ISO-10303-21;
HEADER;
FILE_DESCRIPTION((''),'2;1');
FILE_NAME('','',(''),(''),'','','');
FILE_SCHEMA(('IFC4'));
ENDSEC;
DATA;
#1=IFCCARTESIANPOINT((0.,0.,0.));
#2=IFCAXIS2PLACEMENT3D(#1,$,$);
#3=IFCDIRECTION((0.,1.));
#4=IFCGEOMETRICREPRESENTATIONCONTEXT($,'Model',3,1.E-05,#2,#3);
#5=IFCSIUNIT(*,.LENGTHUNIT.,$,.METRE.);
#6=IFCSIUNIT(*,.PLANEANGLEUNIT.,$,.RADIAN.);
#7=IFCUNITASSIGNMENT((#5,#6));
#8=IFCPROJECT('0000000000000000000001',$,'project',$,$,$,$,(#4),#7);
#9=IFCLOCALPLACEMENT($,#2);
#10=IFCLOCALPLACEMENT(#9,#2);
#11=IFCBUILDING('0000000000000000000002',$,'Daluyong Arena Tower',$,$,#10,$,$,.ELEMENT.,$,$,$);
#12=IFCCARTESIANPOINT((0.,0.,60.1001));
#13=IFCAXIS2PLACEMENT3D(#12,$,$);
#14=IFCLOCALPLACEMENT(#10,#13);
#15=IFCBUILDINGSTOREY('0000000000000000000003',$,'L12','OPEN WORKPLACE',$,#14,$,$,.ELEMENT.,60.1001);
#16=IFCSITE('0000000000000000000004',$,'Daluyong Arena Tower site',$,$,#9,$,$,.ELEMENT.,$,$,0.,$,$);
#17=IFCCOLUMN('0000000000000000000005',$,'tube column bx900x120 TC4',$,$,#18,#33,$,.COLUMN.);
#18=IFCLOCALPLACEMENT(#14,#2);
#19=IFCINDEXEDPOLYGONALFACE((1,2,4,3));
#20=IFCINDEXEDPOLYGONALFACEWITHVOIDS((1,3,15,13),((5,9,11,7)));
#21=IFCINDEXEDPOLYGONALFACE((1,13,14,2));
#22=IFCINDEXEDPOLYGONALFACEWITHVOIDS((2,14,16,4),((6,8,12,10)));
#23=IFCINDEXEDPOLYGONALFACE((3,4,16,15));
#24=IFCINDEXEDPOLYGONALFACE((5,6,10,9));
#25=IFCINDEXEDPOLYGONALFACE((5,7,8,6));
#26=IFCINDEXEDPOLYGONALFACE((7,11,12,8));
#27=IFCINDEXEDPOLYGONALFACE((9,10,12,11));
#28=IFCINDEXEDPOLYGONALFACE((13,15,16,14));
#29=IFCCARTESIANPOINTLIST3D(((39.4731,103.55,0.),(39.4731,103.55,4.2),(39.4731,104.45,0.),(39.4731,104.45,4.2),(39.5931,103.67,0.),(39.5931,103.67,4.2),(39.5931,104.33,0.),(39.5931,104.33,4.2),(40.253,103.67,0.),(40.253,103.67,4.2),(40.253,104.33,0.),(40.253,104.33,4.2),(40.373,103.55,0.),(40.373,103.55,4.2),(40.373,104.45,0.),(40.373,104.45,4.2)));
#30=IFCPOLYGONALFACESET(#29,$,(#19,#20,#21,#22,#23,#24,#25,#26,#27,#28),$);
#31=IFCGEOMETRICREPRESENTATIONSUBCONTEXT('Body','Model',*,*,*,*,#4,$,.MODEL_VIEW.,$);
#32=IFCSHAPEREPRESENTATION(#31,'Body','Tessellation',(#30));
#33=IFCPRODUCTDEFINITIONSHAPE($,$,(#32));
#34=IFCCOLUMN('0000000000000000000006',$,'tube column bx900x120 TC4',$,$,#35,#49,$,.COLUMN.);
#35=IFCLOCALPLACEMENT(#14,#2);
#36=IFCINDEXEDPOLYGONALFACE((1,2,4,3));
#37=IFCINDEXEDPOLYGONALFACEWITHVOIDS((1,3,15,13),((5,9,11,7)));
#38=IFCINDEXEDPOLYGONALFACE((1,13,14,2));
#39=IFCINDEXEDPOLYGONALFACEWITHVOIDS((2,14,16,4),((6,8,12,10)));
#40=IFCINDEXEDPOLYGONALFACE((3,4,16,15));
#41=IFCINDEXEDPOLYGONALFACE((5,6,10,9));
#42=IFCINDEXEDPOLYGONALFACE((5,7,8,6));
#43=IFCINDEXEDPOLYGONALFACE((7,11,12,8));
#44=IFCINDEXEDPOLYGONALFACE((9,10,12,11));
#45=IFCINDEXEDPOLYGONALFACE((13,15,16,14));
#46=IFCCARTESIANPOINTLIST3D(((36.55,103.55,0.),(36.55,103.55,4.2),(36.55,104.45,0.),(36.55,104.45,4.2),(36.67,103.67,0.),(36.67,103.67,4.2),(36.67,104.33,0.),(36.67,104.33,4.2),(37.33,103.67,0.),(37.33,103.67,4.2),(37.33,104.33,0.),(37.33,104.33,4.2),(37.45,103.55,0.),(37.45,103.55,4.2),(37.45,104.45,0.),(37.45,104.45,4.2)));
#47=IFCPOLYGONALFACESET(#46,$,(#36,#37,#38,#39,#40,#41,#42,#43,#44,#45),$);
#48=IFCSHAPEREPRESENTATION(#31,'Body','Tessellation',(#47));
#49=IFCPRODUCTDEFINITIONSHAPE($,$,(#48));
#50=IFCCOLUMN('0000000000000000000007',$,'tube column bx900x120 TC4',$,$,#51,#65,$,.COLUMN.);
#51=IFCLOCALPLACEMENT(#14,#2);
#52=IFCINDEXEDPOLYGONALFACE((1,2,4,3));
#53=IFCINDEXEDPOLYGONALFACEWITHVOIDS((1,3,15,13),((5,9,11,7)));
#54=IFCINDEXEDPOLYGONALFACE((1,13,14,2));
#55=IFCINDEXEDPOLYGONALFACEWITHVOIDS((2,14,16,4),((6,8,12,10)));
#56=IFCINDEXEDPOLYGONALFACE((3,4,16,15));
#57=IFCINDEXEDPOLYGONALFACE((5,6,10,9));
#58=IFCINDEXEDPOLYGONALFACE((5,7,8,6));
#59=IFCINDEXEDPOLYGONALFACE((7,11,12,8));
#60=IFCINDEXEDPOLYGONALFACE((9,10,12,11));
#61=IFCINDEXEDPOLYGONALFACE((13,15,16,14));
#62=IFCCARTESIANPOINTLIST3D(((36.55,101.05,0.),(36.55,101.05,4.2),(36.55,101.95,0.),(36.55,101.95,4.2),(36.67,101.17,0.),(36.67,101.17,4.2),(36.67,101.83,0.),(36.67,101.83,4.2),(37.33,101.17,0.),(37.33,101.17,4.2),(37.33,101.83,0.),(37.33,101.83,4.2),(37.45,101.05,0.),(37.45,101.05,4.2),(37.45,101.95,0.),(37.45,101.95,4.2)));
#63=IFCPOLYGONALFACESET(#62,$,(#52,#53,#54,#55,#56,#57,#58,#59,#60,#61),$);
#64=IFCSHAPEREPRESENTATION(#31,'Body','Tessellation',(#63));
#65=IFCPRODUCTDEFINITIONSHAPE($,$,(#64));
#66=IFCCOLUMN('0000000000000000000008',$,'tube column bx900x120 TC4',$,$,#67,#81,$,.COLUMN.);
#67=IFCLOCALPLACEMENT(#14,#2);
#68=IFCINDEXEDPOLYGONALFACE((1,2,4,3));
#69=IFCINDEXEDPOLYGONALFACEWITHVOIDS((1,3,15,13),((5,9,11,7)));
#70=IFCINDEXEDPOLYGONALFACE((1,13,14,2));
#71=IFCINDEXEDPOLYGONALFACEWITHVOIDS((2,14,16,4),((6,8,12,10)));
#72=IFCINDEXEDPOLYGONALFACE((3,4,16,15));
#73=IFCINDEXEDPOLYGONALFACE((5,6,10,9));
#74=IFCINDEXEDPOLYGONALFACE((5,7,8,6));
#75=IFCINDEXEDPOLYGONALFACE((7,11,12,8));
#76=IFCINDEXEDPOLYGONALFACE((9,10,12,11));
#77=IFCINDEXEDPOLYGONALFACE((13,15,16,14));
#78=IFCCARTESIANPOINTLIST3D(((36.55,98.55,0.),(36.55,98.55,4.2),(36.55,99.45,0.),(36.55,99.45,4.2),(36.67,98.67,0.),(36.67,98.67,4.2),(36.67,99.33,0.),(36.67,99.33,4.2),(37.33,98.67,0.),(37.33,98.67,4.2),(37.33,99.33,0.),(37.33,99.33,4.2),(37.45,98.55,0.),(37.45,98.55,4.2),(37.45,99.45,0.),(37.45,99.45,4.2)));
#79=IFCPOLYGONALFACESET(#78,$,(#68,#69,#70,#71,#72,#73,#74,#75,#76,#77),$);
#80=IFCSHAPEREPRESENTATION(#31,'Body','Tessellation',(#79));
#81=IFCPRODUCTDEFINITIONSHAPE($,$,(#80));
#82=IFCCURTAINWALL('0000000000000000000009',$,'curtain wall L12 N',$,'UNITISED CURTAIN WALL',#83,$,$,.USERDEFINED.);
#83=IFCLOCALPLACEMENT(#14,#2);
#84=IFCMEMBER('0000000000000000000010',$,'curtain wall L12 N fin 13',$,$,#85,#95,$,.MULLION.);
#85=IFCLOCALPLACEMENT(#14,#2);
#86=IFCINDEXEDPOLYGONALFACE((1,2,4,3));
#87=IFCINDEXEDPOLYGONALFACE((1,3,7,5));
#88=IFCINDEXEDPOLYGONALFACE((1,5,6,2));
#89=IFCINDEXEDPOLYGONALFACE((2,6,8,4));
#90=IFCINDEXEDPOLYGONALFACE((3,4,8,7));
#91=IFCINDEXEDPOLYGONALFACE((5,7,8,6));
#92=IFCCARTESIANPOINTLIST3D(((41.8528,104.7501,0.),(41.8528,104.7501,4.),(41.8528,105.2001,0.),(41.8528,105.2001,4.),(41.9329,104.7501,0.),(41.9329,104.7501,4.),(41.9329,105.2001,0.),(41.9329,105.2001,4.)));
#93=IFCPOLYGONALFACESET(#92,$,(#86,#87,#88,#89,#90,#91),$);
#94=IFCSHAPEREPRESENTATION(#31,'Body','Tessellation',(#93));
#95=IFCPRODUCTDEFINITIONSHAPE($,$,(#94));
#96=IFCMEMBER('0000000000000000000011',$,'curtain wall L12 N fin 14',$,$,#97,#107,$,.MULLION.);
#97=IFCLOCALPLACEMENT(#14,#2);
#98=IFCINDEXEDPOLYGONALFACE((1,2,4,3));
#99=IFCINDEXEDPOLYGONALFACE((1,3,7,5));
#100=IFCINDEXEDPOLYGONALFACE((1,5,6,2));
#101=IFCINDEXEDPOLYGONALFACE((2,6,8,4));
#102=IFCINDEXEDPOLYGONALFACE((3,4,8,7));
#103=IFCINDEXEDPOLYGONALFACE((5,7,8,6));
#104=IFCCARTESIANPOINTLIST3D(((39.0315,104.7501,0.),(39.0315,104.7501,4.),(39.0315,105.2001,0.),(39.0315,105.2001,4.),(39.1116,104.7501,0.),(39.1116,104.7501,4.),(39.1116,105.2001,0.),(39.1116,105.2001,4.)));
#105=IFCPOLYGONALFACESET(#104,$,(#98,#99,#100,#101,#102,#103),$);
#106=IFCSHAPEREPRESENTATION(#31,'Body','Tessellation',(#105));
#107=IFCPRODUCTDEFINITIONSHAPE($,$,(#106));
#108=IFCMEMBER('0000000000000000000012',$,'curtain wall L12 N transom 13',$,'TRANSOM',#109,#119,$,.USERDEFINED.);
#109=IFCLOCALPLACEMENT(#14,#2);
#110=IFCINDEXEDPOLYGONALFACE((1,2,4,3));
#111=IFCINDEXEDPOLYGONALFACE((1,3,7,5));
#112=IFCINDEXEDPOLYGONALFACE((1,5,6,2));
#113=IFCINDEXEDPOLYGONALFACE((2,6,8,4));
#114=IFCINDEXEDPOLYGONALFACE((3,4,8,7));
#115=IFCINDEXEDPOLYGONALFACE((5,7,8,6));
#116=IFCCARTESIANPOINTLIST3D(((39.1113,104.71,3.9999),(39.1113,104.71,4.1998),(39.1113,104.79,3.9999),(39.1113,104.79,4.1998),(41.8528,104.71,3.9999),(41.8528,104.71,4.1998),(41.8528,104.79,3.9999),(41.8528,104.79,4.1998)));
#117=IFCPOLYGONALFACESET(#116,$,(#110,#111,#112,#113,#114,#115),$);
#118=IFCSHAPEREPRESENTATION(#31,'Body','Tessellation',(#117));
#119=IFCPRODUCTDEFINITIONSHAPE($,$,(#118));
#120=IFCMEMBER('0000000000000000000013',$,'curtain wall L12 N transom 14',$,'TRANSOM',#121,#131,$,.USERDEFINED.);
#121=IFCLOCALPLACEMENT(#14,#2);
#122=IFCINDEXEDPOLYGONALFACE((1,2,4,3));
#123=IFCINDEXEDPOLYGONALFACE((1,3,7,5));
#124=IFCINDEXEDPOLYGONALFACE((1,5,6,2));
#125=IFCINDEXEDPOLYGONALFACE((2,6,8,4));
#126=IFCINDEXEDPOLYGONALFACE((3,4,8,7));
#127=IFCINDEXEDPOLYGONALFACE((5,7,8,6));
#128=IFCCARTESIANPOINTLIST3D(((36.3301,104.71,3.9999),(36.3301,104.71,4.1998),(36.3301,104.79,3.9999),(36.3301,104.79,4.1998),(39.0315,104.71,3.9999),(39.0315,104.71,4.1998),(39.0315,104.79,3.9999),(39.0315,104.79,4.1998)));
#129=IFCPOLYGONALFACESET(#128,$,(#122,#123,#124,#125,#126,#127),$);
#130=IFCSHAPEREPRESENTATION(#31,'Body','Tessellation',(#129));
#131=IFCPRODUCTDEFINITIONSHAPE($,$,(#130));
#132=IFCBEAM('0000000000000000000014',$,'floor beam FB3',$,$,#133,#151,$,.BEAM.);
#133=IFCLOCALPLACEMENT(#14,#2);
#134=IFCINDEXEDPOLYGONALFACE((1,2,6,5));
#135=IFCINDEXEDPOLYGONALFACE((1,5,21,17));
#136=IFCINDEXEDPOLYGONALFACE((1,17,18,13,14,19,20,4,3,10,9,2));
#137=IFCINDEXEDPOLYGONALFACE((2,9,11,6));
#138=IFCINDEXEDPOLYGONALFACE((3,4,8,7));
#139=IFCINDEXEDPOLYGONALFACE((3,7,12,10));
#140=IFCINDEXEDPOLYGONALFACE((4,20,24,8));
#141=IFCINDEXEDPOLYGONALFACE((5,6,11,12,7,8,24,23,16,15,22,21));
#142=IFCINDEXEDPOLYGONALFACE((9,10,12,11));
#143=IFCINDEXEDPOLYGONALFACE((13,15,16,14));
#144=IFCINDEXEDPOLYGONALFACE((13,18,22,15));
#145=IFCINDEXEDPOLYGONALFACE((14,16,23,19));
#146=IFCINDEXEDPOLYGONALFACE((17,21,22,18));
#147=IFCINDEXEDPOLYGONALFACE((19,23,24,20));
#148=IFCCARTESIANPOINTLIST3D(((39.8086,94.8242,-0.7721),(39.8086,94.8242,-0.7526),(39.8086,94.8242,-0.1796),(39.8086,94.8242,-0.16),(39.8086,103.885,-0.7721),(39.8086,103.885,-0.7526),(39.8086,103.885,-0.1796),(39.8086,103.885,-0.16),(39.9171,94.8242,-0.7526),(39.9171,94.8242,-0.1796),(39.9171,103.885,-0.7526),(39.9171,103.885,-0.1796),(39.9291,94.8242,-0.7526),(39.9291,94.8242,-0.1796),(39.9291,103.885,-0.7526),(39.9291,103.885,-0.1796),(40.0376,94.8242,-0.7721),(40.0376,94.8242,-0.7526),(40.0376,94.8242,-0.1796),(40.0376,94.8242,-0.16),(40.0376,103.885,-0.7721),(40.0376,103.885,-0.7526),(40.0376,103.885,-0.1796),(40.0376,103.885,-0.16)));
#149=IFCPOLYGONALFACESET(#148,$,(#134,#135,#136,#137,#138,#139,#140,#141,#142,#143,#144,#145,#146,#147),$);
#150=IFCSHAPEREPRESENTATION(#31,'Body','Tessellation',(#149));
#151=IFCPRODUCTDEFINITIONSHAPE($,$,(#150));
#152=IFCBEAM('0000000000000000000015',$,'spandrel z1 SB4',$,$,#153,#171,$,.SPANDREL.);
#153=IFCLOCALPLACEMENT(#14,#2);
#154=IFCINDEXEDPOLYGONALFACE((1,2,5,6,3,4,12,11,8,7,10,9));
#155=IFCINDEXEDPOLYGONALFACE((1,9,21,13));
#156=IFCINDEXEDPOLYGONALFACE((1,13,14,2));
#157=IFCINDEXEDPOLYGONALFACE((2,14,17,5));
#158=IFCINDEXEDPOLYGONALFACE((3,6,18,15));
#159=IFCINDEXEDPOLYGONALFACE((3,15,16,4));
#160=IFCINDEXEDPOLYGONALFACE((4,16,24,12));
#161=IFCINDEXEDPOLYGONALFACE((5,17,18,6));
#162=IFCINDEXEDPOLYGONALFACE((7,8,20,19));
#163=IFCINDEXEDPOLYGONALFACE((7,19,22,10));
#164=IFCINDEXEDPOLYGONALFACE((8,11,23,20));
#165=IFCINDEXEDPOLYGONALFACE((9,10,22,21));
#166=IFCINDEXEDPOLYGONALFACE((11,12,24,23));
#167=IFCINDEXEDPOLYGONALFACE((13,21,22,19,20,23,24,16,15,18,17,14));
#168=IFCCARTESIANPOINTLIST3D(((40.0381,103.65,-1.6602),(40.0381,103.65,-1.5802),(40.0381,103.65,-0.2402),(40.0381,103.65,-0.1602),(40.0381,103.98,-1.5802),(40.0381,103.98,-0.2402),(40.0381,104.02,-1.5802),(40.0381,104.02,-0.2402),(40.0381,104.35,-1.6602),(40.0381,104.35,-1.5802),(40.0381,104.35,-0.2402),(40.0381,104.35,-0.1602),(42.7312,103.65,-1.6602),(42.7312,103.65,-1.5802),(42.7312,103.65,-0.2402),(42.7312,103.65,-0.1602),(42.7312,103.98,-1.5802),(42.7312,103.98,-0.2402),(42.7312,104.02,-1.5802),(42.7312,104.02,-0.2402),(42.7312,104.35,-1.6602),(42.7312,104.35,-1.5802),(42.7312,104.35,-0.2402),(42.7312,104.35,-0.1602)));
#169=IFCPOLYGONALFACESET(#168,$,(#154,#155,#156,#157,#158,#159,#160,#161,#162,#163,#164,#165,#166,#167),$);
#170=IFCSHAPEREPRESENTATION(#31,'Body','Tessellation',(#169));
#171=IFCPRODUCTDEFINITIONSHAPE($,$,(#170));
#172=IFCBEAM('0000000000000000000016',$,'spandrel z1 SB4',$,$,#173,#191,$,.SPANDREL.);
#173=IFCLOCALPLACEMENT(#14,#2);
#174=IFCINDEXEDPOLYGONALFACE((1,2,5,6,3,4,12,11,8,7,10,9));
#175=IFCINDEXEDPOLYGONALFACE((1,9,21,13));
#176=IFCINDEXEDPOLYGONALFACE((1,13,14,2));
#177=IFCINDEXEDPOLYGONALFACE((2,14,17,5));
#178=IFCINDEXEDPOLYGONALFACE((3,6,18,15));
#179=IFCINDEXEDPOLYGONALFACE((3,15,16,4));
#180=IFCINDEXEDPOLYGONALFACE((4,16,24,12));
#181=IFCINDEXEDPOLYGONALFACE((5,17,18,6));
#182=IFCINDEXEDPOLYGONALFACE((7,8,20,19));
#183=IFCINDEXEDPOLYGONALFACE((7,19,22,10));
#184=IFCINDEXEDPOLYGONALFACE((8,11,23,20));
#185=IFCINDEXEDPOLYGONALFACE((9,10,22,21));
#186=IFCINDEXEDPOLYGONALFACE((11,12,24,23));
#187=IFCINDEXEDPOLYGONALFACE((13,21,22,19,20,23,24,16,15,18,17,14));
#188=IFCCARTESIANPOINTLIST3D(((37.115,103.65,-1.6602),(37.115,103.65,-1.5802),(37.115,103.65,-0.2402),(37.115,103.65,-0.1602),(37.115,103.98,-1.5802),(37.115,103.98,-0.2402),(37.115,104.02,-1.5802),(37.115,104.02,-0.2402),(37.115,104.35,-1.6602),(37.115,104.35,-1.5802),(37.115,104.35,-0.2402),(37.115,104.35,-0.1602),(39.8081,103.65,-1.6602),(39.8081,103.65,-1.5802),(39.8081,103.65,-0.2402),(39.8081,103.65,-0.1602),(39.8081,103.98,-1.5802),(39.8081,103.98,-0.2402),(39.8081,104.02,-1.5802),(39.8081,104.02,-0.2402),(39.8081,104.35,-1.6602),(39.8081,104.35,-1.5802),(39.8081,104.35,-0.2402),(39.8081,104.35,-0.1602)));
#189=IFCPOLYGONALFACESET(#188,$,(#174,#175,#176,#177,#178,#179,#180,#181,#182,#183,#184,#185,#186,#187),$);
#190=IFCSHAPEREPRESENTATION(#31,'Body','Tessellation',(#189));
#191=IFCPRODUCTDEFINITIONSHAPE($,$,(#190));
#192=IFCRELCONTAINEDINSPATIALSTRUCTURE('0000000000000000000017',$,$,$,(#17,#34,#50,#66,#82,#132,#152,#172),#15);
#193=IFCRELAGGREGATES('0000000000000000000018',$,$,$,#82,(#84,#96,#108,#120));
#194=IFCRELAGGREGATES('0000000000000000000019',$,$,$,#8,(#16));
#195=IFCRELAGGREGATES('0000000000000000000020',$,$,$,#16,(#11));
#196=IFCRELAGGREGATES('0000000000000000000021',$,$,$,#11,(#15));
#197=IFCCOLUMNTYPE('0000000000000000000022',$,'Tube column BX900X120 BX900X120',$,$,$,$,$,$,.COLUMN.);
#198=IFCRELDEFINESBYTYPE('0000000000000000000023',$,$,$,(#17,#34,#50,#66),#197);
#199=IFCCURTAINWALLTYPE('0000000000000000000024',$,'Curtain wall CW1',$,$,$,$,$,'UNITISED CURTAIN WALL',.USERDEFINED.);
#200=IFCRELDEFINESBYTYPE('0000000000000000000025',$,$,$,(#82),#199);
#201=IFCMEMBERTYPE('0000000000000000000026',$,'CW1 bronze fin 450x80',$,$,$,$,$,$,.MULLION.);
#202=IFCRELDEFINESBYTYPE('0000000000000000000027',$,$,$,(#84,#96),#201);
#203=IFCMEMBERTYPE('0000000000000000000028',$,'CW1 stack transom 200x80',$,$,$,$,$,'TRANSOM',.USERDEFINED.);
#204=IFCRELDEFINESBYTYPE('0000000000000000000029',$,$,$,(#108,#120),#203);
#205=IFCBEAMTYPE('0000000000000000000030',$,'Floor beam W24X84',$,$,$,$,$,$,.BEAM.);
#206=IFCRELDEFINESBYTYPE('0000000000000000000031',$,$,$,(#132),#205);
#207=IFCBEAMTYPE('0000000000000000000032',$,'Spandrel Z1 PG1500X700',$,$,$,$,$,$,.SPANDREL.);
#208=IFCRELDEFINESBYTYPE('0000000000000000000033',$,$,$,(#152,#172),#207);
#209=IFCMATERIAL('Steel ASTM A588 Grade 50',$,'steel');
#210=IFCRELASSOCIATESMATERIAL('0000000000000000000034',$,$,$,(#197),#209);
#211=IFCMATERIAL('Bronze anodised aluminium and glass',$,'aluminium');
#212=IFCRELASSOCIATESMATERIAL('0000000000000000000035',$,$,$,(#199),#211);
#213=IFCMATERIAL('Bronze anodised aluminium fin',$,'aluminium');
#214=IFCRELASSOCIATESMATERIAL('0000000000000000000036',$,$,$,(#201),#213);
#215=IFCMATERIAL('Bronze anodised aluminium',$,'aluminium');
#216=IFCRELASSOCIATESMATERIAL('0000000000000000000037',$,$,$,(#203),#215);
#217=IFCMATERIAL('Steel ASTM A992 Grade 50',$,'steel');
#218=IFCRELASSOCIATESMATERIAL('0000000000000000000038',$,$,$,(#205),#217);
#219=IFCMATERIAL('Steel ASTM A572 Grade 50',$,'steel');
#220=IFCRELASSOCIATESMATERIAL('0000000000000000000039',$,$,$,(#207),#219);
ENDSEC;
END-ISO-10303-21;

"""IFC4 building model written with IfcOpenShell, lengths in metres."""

from ifc_helpers import new_model, si_unit, direction, frame, origin, origin_2d, place, context, subcontext, project, spatial, rectangle, hollow_rectangle, i_section, extrude, material, material_profile, profile_set, type_object, element, aggregate, save


model = new_model("IFC4")

# Units and contexts
model_context = context("Model", 3, precision=1e-05, world=origin(), true_north=direction((0.0, 1.0)))
body_context = subcontext(model_context, "Body", "Model", "MODEL_VIEW")
ifc_project = project(units=[si_unit("LENGTHUNIT", "METRE"), si_unit("PLANEANGLEUNIT", "RADIAN")], contexts=[model_context])

# Site, building, storey
site_placement = place(None, origin())
site = spatial("IfcSite", under=ifc_project, at=site_placement, Name="Daluyong Arena Tower site", CompositionType="ELEMENT", RefElevation=0.0)
building_placement = place(site_placement, origin())
building = spatial("IfcBuilding", under=site, at=building_placement, Name="Daluyong Arena Tower", CompositionType="ELEMENT")
storey_placement = place(building_placement, frame((0.0, 0.0, 60.1001)))
storey = spatial("IfcBuildingStorey", under=building, at=storey_placement, Name="L12", Description="OPEN WORKPLACE", CompositionType="ELEMENT", Elevation=60.1001)

# Columns
ifc_material_1 = material(Name="Steel ASTM A588 Grade 50", Category="steel")
ifc_material_profile_1 = material_profile(ifc_material_1, hollow_rectangle(XDim=0.8999, YDim=0.8999, WallThickness=0.12, at=origin_2d()))
ifc_profile_set_1 = profile_set([ifc_material_profile_1], Name="Steel ASTM A588 Grade 50")
column_type = type_object("IfcColumnType", Name="Tube column BX900X120 BX900X120", PredefinedType="COLUMN", material=ifc_profile_set_1)
for number, where, z_axis, x_axis, name in (
    (1, (39.9231, 104.0, 0.0), (0.0, 0.0, 1.0), (1.0, 0.0, 0.0), "tube column bx900x120 TC4"),
    (2, (37.0, 104.0, 0.0), (0.0, 0.0, 1.0), (0.0, 1.0, 0.0), "tube column bx900x120 TC4"),
    (3, (37.0, 101.5, 0.0), (0.0, 0.0, 1.0), (0.0, 1.0, 0.0), "tube column bx900x120 TC4"),
    (4, (37.0, 99.0, 0.0), (0.0, 0.0, 1.0), (1.0, 0.0, 0.0), "tube column bx900x120 TC4"),
):
    element("IfcColumn", number, at=place(storey_placement, frame(where, z_axis=z_axis, x_axis=x_axis)), inside=storey, type_object=column_type, Name=name, PredefinedType="COLUMN", context=body_context, shape_type="SweptSolid", body=[
        extrude(hollow_rectangle(XDim=0.8999, YDim=0.8999, WallThickness=0.12, at=origin_2d()), origin(), (0.0, 0.0, 1.0), 4.2),
    ])

# Curtain wall, members
ifc_material_2 = material(Name="Bronze anodised aluminium and glass", Category="aluminium")
curtain_wall_type = type_object("IfcCurtainWallType", Name="Curtain wall CW1", ElementType="UNITISED CURTAIN WALL", PredefinedType="USERDEFINED", material=ifc_material_2)
curtain_wall_placement = place(storey_placement, origin())
curtain_wall = element("IfcCurtainWall", 5, at=curtain_wall_placement, inside=storey, type_object=curtain_wall_type, Name="curtain wall L12 N", ObjectType="UNITISED CURTAIN WALL", PredefinedType="USERDEFINED")
ifc_material_3 = material(Name="Bronze anodised aluminium fin", Category="aluminium")
ifc_material_profile_2 = material_profile(ifc_material_3, rectangle(XDim=0.45, YDim=0.0801, at=origin_2d()))
ifc_profile_set_2 = profile_set([ifc_material_profile_2], Name="Bronze anodised aluminium fin")
member_type_1 = type_object("IfcMemberType", Name="CW1 bronze fin 450x80", PredefinedType="MULLION", material=ifc_profile_set_2)
member_1_placement = place(storey_placement, frame((41.8928, 104.9751, 0.0), z_axis=(0.0, 0.0, 1.0), x_axis=(0.0, -1.0, 0.0)))
member_1 = element("IfcMember", 6, at=member_1_placement, type_object=member_type_1, Name="curtain wall L12 N fin 13", PredefinedType="MULLION", context=body_context, shape_type="SweptSolid", body=[
    extrude(rectangle(XDim=0.45, YDim=0.0801, at=origin_2d()), origin(), (0.0, 0.0, 1.0), 4.0),
])
member_2_placement = place(storey_placement, frame((39.0715, 104.9751, 0.0), z_axis=(0.0, 0.0, 1.0), x_axis=(0.0, -1.0, 0.0)))
member_2 = element("IfcMember", 7, at=member_2_placement, type_object=member_type_1, Name="curtain wall L12 N fin 14", PredefinedType="MULLION", context=body_context, shape_type="SweptSolid", body=[
    extrude(rectangle(XDim=0.45, YDim=0.0801, at=origin_2d()), origin(), (0.0, 0.0, 1.0), 4.0),
])
ifc_material_4 = material(Name="Bronze anodised aluminium", Category="aluminium")
ifc_material_profile_3 = material_profile(ifc_material_4, rectangle(XDim=0.0801, YDim=0.2, at=origin_2d()))
ifc_profile_set_3 = profile_set([ifc_material_profile_3], Name="Bronze anodised aluminium")
member_type_2 = type_object("IfcMemberType", Name="CW1 stack transom 200x80", ElementType="TRANSOM", PredefinedType="USERDEFINED", material=ifc_profile_set_3)
member_3_placement = place(storey_placement, frame((41.8528, 104.75, 4.0999), z_axis=(-1.0, 0.0, 0.0), x_axis=(0.0, -1.0, 0.0)))
member_3 = element("IfcMember", 8, at=member_3_placement, type_object=member_type_2, Name="curtain wall L12 N transom 13", ObjectType="TRANSOM", PredefinedType="USERDEFINED", context=body_context, shape_type="SweptSolid", body=[
    extrude(rectangle(XDim=0.0801, YDim=0.2, at=origin_2d()), origin(), (0.0, 0.0, 1.0), 2.7415),
])
member_4_placement = place(storey_placement, frame((39.0315, 104.75, 4.0999), z_axis=(-1.0, 0.0, 0.0), x_axis=(0.0, -1.0, 0.0)))
member_4 = element("IfcMember", 9, at=member_4_placement, type_object=member_type_2, Name="curtain wall L12 N transom 14", ObjectType="TRANSOM", PredefinedType="USERDEFINED", context=body_context, shape_type="SweptSolid", body=[
    extrude(rectangle(XDim=0.0801, YDim=0.2, at=origin_2d()), origin(), (0.0, 0.0, 1.0), 2.7014),
])

# Beams
ifc_material_5 = material(Name="Steel ASTM A992 Grade 50", Category="steel")
ifc_material_profile_4 = material_profile(ifc_material_5, i_section(OverallWidth=0.229, OverallDepth=0.6121, WebThickness=0.012, FlangeThickness=0.0195, at=origin_2d()))
ifc_profile_set_4 = profile_set([ifc_material_profile_4], Name="Steel ASTM A992 Grade 50")
beam_type_1 = type_object("IfcBeamType", Name="Floor beam W24X84", PredefinedType="BEAM", material=ifc_profile_set_4)
beam_placement = place(storey_placement, frame((39.9231, 103.885, -0.4661), z_axis=(0.0, -1.0, 0.0), x_axis=(1.0, 0.0, 0.0)))
element("IfcBeam", 10, at=beam_placement, inside=storey, type_object=beam_type_1, Name="floor beam FB3", PredefinedType="BEAM", context=body_context, shape_type="SweptSolid", body=[
    extrude(i_section(OverallWidth=0.229, OverallDepth=0.6121, WebThickness=0.012, FlangeThickness=0.0195, at=origin_2d()), origin(), (0.0, 0.0, 1.0), 9.0608),
])
ifc_material_6 = material(Name="Steel ASTM A572 Grade 50", Category="steel")
ifc_material_profile_5 = material_profile(ifc_material_6, i_section(OverallWidth=0.7, OverallDepth=1.5, WebThickness=0.04, FlangeThickness=0.08, at=origin_2d()))
ifc_profile_set_5 = profile_set([ifc_material_profile_5], Name="Steel ASTM A572 Grade 50")
beam_type_2 = type_object("IfcBeamType", Name="Spandrel Z1 PG1500X700", PredefinedType="SPANDREL", material=ifc_profile_set_5)
for number, where, z_axis, x_axis, name in (
    (11, (42.7312, 104.0, -0.9102), (-1.0, 0.0, 0.0), (0.0, -1.0, 0.0), "spandrel z1 SB4"),
    (12, (39.8081, 104.0, -0.9102), (-1.0, 0.0, 0.0), (0.0, -1.0, 0.0), "spandrel z1 SB4"),
):
    element("IfcBeam", number, at=place(storey_placement, frame(where, z_axis=z_axis, x_axis=x_axis)), inside=storey, type_object=beam_type_2, Name=name, PredefinedType="SPANDREL", context=body_context, shape_type="SweptSolid", body=[
        extrude(i_section(OverallWidth=0.7, OverallDepth=1.5, WebThickness=0.04, FlangeThickness=0.08, at=origin_2d()), origin(), (0.0, 0.0, 1.0), 2.6931),
    ])

aggregate(curtain_wall, [member_1, member_2, member_3, member_4])

save(model, "model.ifc")
